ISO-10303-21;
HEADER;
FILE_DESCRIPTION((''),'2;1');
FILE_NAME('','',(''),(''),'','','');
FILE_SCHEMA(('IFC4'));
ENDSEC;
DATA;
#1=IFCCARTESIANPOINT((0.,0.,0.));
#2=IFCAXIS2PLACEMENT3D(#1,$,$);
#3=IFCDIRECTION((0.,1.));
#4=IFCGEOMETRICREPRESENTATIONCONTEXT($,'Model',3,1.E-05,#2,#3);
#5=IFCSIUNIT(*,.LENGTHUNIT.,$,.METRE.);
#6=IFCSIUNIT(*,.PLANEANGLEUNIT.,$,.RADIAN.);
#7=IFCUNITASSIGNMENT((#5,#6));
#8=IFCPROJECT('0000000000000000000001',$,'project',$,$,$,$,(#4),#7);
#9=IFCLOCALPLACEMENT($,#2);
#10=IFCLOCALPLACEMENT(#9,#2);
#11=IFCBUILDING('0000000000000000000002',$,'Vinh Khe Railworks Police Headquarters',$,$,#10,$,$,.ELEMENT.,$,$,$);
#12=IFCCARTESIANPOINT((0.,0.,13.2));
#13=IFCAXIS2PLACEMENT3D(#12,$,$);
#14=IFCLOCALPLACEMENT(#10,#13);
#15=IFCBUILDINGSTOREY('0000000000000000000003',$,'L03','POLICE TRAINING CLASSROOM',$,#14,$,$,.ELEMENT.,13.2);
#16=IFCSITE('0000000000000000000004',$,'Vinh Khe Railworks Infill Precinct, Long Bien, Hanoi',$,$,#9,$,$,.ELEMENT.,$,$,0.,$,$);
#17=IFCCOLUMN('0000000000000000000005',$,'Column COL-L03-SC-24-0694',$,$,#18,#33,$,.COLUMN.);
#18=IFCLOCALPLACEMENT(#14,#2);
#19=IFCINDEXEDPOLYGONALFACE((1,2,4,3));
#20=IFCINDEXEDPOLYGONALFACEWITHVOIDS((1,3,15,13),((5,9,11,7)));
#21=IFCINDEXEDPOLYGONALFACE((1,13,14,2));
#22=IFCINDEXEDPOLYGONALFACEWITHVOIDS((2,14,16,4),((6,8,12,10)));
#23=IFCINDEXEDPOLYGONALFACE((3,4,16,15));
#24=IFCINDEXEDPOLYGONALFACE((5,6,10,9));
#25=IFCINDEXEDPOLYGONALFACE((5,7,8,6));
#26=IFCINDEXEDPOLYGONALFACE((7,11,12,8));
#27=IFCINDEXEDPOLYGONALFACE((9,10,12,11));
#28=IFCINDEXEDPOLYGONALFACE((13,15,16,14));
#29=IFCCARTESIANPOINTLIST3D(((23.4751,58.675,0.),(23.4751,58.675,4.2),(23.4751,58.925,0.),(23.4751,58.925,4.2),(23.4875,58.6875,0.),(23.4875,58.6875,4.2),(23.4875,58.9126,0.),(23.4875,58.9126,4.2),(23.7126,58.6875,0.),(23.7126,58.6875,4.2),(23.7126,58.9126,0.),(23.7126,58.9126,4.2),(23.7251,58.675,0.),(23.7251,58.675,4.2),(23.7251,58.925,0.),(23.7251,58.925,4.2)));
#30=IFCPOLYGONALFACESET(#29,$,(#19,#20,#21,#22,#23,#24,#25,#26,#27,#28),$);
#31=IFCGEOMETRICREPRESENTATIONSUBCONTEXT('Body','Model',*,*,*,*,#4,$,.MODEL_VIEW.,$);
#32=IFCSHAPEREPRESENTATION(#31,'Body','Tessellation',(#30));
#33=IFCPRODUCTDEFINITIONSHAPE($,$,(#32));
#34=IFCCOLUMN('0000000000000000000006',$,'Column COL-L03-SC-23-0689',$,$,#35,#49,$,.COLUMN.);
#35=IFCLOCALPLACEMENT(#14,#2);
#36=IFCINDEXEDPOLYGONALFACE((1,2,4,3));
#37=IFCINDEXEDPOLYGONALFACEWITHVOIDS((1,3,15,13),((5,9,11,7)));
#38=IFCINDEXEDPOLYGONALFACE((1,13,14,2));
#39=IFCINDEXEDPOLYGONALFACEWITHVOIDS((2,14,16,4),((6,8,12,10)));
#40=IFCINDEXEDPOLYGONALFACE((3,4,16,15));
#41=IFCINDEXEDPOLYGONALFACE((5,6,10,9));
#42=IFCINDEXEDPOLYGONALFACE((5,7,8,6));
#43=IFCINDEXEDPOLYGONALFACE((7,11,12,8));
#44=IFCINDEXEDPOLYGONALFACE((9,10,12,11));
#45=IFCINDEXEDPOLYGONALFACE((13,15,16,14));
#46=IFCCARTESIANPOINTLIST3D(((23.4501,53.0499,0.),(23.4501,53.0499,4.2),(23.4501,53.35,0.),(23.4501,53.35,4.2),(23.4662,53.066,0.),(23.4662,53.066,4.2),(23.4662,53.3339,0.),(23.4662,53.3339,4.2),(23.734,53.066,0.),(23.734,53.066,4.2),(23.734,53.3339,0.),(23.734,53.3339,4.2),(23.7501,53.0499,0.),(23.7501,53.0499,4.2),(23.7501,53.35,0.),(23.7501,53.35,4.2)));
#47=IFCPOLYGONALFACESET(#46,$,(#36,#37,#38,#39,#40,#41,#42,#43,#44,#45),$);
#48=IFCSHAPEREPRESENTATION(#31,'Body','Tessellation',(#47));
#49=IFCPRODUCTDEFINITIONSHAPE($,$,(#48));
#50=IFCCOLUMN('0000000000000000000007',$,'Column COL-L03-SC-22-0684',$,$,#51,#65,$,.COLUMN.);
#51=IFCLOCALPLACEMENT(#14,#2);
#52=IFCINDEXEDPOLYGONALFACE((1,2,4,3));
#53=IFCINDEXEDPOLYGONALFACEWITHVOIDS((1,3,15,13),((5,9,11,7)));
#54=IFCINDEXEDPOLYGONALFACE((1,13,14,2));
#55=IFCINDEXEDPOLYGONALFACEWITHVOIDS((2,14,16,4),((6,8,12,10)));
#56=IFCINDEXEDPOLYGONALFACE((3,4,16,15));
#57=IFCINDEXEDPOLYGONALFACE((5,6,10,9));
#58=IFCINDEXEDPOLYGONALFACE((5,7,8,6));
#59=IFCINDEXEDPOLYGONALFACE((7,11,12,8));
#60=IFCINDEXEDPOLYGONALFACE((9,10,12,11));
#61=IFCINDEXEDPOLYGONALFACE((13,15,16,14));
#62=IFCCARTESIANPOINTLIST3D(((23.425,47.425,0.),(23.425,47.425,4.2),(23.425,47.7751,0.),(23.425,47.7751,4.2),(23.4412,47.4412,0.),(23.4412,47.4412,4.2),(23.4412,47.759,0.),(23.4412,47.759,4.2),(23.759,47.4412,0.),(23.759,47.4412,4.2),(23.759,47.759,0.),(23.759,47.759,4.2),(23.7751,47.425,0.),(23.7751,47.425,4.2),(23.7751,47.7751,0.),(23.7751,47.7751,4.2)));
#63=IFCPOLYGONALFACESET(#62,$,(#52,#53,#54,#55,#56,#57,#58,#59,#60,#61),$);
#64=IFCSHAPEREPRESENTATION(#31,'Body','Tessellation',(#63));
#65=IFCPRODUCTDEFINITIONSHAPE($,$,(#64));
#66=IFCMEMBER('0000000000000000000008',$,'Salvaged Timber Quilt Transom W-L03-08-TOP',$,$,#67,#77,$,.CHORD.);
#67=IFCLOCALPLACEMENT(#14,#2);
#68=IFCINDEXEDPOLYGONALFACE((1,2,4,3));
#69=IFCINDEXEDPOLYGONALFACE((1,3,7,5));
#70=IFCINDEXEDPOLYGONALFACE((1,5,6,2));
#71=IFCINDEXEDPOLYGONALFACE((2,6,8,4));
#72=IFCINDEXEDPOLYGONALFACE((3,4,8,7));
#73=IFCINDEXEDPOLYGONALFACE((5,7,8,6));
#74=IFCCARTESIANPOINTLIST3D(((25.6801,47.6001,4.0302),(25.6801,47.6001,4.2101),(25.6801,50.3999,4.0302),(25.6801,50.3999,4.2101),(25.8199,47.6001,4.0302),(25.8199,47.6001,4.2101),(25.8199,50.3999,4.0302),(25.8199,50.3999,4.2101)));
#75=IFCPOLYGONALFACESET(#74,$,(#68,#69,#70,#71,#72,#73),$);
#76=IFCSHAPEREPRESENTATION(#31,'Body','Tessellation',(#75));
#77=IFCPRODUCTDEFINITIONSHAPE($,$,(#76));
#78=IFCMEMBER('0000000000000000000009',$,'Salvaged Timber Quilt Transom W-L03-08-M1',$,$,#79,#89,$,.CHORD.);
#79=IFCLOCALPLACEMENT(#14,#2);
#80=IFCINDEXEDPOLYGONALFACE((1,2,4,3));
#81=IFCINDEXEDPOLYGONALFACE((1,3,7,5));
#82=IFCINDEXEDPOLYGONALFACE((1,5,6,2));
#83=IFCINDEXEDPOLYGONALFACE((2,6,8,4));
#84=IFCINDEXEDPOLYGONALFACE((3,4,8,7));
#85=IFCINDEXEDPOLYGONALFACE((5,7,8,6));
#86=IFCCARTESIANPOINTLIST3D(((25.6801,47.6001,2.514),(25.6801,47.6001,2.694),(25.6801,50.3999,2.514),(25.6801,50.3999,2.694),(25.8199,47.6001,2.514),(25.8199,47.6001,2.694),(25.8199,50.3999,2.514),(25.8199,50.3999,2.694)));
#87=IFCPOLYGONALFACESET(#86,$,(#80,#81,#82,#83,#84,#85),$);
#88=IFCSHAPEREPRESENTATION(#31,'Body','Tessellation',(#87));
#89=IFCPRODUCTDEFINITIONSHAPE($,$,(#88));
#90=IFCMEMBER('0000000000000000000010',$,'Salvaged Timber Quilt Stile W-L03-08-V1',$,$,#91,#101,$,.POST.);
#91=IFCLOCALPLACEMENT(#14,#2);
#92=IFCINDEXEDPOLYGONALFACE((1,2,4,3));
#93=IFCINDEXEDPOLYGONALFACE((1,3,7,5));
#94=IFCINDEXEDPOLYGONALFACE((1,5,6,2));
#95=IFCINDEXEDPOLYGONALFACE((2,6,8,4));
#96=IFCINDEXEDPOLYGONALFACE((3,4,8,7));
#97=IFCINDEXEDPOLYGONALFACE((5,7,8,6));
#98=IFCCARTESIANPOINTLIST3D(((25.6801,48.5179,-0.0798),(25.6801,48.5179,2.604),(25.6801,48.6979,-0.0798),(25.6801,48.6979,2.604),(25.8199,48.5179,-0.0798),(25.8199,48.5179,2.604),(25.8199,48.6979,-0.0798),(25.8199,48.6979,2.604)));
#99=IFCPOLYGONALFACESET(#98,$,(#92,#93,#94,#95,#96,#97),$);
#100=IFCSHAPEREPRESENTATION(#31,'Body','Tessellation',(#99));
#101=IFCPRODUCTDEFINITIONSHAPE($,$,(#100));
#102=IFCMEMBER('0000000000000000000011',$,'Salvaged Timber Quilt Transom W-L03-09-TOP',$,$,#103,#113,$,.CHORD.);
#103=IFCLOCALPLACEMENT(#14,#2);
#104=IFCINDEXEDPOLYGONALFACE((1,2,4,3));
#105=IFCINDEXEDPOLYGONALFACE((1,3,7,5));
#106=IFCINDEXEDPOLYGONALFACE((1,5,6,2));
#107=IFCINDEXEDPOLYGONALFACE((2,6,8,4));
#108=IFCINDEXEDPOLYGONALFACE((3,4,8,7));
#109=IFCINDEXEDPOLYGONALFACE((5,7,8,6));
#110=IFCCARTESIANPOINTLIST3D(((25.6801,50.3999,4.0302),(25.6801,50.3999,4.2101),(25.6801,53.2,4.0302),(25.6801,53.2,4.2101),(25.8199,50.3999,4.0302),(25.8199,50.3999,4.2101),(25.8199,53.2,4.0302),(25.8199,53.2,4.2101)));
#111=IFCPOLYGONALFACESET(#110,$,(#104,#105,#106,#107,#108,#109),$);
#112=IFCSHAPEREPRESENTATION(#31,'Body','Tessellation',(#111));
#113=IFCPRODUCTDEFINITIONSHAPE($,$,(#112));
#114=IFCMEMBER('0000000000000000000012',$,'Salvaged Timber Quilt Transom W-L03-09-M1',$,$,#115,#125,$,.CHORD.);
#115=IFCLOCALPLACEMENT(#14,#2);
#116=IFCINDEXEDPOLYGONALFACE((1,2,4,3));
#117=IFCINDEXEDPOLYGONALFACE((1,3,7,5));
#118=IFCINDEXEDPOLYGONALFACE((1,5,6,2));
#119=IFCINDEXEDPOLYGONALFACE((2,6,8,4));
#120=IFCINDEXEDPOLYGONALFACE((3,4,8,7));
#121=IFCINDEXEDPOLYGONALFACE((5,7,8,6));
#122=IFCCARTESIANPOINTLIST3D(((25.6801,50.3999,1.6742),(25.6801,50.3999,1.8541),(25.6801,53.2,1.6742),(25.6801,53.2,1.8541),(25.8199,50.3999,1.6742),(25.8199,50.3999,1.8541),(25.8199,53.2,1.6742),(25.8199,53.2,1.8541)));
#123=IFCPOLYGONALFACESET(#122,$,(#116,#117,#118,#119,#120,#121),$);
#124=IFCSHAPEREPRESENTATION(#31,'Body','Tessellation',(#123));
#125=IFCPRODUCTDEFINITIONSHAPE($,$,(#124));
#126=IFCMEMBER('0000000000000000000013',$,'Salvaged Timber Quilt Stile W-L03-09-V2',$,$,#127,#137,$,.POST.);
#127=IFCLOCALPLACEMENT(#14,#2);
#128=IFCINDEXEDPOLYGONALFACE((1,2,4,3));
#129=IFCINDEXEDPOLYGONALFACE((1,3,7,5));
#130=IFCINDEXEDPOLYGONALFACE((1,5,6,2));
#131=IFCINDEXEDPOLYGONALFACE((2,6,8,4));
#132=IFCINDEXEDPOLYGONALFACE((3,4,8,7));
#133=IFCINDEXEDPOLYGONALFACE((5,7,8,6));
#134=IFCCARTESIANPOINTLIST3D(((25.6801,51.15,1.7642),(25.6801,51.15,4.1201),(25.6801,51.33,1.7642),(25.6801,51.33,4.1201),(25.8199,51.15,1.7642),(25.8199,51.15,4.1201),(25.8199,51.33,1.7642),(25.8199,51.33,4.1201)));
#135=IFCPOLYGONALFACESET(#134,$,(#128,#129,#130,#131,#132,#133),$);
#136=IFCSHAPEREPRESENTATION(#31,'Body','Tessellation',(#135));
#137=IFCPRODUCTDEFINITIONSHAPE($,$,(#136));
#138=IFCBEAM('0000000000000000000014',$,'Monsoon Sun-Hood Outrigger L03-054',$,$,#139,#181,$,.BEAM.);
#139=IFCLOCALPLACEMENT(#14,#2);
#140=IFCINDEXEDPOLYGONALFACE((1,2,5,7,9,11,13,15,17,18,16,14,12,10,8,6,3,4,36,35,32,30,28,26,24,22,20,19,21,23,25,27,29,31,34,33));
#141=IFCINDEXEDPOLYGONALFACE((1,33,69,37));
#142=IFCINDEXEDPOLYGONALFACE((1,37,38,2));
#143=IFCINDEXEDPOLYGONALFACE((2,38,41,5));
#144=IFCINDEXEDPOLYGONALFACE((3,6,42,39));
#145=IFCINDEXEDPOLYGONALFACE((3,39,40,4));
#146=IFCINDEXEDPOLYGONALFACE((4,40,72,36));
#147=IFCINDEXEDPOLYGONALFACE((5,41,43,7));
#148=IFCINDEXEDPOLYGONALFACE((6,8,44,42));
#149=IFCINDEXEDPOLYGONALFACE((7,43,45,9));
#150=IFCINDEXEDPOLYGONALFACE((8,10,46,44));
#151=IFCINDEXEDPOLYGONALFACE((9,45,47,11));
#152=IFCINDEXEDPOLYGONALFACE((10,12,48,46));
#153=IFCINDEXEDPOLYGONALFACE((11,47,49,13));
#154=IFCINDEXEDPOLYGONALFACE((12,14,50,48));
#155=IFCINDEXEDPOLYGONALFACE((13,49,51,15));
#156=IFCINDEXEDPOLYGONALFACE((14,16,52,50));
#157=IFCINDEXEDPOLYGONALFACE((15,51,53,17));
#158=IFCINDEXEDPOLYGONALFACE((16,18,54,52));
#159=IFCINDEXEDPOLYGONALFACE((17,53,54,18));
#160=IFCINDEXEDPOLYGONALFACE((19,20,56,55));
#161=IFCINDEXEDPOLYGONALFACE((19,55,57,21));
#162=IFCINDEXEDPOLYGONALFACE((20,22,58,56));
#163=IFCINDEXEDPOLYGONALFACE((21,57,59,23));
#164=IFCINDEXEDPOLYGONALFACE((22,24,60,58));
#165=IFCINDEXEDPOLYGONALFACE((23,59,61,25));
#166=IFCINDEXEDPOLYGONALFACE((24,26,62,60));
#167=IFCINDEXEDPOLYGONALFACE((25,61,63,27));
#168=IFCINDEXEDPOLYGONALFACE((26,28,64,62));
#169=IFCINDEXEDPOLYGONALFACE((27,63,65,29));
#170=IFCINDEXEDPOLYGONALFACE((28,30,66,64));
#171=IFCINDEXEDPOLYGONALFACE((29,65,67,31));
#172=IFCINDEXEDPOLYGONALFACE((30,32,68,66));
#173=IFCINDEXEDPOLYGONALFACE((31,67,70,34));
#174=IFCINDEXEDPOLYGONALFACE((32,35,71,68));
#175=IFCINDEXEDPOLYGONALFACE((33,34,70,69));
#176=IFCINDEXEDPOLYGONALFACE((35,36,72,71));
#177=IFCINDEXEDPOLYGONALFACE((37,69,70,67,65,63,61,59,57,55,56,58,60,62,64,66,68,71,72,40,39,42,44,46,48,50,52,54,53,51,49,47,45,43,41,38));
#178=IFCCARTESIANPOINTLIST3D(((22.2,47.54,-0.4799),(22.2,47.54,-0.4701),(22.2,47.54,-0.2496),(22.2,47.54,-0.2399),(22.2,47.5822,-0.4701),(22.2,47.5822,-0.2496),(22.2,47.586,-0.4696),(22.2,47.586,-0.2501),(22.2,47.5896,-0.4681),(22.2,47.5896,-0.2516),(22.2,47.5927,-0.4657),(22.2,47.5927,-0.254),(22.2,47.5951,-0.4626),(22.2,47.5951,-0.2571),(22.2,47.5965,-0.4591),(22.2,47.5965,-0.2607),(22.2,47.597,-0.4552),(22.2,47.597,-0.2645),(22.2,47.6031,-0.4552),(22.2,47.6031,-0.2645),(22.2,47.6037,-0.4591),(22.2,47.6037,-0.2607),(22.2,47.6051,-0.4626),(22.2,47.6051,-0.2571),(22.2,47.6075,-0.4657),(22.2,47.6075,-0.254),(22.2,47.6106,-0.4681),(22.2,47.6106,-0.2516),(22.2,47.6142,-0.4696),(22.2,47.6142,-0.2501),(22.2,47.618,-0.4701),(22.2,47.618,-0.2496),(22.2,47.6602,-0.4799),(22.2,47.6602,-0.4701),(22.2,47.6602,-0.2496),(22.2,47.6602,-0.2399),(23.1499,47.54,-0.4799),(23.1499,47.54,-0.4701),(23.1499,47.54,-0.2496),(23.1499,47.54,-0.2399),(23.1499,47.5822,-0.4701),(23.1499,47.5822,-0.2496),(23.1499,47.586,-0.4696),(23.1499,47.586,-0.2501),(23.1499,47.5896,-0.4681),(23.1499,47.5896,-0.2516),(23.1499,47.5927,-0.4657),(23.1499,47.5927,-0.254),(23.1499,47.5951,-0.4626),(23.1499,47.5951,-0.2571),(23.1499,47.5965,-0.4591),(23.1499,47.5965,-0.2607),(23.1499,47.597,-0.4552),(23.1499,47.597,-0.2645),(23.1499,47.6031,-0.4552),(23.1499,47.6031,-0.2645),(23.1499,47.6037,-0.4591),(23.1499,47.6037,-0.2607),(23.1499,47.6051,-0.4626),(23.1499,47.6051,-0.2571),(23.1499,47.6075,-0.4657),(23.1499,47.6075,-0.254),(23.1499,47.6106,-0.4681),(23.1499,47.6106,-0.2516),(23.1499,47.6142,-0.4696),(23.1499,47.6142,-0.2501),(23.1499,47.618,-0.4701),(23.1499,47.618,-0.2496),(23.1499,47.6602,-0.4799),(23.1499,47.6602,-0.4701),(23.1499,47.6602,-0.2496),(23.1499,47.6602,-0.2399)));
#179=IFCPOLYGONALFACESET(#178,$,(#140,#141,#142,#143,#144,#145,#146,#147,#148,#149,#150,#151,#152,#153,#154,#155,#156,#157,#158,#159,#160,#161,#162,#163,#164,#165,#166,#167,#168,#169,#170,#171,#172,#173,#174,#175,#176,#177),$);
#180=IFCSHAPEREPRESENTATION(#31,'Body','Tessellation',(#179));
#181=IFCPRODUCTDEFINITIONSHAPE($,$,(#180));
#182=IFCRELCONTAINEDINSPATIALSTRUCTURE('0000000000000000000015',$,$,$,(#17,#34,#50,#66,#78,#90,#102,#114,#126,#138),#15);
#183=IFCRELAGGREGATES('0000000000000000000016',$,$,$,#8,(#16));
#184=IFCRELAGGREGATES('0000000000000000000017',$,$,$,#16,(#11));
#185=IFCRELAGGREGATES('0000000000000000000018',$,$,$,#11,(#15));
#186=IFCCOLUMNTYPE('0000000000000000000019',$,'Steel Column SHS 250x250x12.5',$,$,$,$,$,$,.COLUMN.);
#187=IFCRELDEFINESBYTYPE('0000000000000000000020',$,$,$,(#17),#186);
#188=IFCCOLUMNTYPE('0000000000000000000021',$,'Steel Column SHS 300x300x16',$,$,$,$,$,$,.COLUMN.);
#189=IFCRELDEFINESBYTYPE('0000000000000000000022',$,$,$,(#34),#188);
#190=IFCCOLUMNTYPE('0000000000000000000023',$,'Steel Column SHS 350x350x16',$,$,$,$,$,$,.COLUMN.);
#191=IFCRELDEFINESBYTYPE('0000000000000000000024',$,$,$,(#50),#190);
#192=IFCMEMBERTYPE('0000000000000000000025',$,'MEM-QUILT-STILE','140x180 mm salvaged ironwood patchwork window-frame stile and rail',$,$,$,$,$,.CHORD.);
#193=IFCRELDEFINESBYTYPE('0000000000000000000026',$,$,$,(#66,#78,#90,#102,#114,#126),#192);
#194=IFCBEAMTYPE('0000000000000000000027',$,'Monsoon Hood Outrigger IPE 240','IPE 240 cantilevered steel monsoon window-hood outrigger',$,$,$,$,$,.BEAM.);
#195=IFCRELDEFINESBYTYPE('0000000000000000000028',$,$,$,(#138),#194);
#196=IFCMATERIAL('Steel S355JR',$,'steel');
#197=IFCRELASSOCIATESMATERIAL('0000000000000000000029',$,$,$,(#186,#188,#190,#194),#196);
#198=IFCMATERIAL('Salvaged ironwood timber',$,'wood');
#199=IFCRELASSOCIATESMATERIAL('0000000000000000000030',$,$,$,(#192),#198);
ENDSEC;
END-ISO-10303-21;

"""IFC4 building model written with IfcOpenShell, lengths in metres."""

from ifc_helpers import new_model, si_unit, direction, frame, origin, origin_2d, place, context, subcontext, project, spatial, rectangle, hollow_rectangle, i_section, extrude, material, material_profile, profile_set, type_object, element, save


model = new_model("IFC4")

# Units and contexts
model_context = context("Model", 3, precision=1e-05, world=origin(), true_north=direction((0.0, 1.0)))
body_context = subcontext(model_context, "Body", "Model", "MODEL_VIEW")
ifc_project = project(units=[si_unit("LENGTHUNIT", "METRE"), si_unit("PLANEANGLEUNIT", "RADIAN")], contexts=[model_context])

# Site, building, storey
site_placement = place(None, origin())
site = spatial("IfcSite", under=ifc_project, at=site_placement, Name="Vinh Khe Railworks Infill Precinct, Long Bien, Hanoi", CompositionType="ELEMENT", RefElevation=0.0)
building_placement = place(site_placement, origin())
building = spatial("IfcBuilding", under=site, at=building_placement, Name="Vinh Khe Railworks Police Headquarters", CompositionType="ELEMENT")
storey_placement = place(building_placement, frame((0.0, 0.0, 13.2)))
storey = spatial("IfcBuildingStorey", under=building, at=storey_placement, Name="L03", Description="POLICE TRAINING CLASSROOM", CompositionType="ELEMENT", Elevation=13.2)

# Columns
ifc_material_1 = material(Name="Steel S355JR", Category="steel")
ifc_material_profile_1 = material_profile(ifc_material_1, hollow_rectangle(XDim=0.25, YDim=0.25, WallThickness=0.0125, at=origin_2d()), Name="SHS 250x250x12.5")
ifc_profile_set_1 = profile_set([ifc_material_profile_1], Name="Steel S355JR")
column_type_1 = type_object("IfcColumnType", Name="Steel Column SHS 250x250x12.5", PredefinedType="COLUMN", material=ifc_profile_set_1)
column_1_placement = place(storey_placement, frame((23.6001, 58.8, 0.0), z_axis=(0.0, 0.0, 1.0), x_axis=(1.0, 0.0, 0.0)))
element("IfcColumn", 1, at=column_1_placement, inside=storey, type_object=column_type_1, Name="Column COL-L03-SC-24-0694", PredefinedType="COLUMN", context=body_context, shape_type="SweptSolid", body=[
    extrude(hollow_rectangle(XDim=0.25, YDim=0.25, WallThickness=0.0125, at=origin_2d()), origin(), (0.0, 0.0, 1.0), 4.2),
])
ifc_material_profile_2 = material_profile(ifc_material_1, hollow_rectangle(XDim=0.3, YDim=0.3, WallThickness=0.0161, at=origin_2d()), Name="SHS 300x300x16")
ifc_profile_set_2 = profile_set([ifc_material_profile_2], Name="Steel S355JR")
column_type_2 = type_object("IfcColumnType", Name="Steel Column SHS 300x300x16", PredefinedType="COLUMN", material=ifc_profile_set_2)
column_2_placement = place(storey_placement, frame((23.6001, 53.2, 0.0), z_axis=(0.0, 0.0, 1.0), x_axis=(1.0, 0.0, 0.0)))
element("IfcColumn", 2, at=column_2_placement, inside=storey, type_object=column_type_2, Name="Column COL-L03-SC-23-0689", PredefinedType="COLUMN", context=body_context, shape_type="SweptSolid", body=[
    extrude(hollow_rectangle(XDim=0.3, YDim=0.3, WallThickness=0.0161, at=origin_2d()), origin(), (0.0, 0.0, 1.0), 4.2),
])
ifc_material_profile_3 = material_profile(ifc_material_1, hollow_rectangle(XDim=0.3501, YDim=0.3501, WallThickness=0.0161, at=origin_2d()), Name="SHS 350x350x16")
ifc_profile_set_3 = profile_set([ifc_material_profile_3], Name="Steel S355JR")
column_type_3 = type_object("IfcColumnType", Name="Steel Column SHS 350x350x16", PredefinedType="COLUMN", material=ifc_profile_set_3)
column_3_placement = place(storey_placement, frame((23.6001, 47.6001, 0.0), z_axis=(0.0, 0.0, 1.0), x_axis=(1.0, 0.0, 0.0)))
element("IfcColumn", 3, at=column_3_placement, inside=storey, type_object=column_type_3, Name="Column COL-L03-SC-22-0684", PredefinedType="COLUMN", context=body_context, shape_type="SweptSolid", body=[
    extrude(hollow_rectangle(XDim=0.3501, YDim=0.3501, WallThickness=0.0161, at=origin_2d()), origin(), (0.0, 0.0, 1.0), 4.2),
])

# Members
ifc_material_2 = material(Name="Salvaged ironwood timber", Category="wood")
ifc_material_profile_4 = material_profile(ifc_material_2, rectangle(XDim=0.1399, YDim=0.1799, at=origin_2d()), Name="TIMBER 140x180")
ifc_profile_set_4 = profile_set([ifc_material_profile_4], Name="Salvaged ironwood timber")
member_type = type_object("IfcMemberType", Name="MEM-QUILT-STILE", Description="140x180 mm salvaged ironwood patchwork window-frame stile and rail", PredefinedType="CHORD", material=ifc_profile_set_4)
for number, where, z_axis, x_axis, name in (
    (4, (25.75, 47.6001, 4.1201), (0.0, 1.0, 0.0), (-1.0, 0.0, 0.0), "Salvaged Timber Quilt Transom W-L03-08-TOP"),
    (5, (25.75, 47.6001, 2.604), (0.0, 1.0, 0.0), (-1.0, 0.0, 0.0), "Salvaged Timber Quilt Transom W-L03-08-M1"),
):
    element("IfcMember", number, at=place(storey_placement, frame(where, z_axis=z_axis, x_axis=x_axis)), inside=storey, type_object=member_type, Name=name, PredefinedType="CHORD", context=body_context, shape_type="SweptSolid", body=[
        extrude(rectangle(XDim=0.1399, YDim=0.1799, at=origin_2d()), origin(), (0.0, 0.0, 1.0), 2.7998),
    ])
member_1_placement = place(storey_placement, frame((25.75, 48.6079, -0.0798), z_axis=(0.0, 0.0, 1.0), x_axis=(1.0, 0.0, 0.0)))
element("IfcMember", 6, at=member_1_placement, inside=storey, type_object=member_type, Name="Salvaged Timber Quilt Stile W-L03-08-V1", PredefinedType="POST", context=body_context, shape_type="SweptSolid", body=[
    extrude(rectangle(XDim=0.1399, YDim=0.1799, at=origin_2d()), origin(), (0.0, 0.0, 1.0), 2.6838),
])
for number, where, z_axis, x_axis, name in (
    (7, (25.75, 50.3999, 4.1201), (0.0, 1.0, 0.0), (-1.0, 0.0, 0.0), "Salvaged Timber Quilt Transom W-L03-09-TOP"),
    (8, (25.75, 50.3999, 1.7642), (0.0, 1.0, 0.0), (-1.0, 0.0, 0.0), "Salvaged Timber Quilt Transom W-L03-09-M1"),
):
    element("IfcMember", number, at=place(storey_placement, frame(where, z_axis=z_axis, x_axis=x_axis)), inside=storey, type_object=member_type, Name=name, PredefinedType="CHORD", context=body_context, shape_type="SweptSolid", body=[
        extrude(rectangle(XDim=0.1399, YDim=0.1799, at=origin_2d()), origin(), (0.0, 0.0, 1.0), 2.8),
    ])
member_2_placement = place(storey_placement, frame((25.75, 51.24, 1.7642), z_axis=(0.0, 0.0, 1.0), x_axis=(1.0, 0.0, 0.0)))
element("IfcMember", 9, at=member_2_placement, inside=storey, type_object=member_type, Name="Salvaged Timber Quilt Stile W-L03-09-V2", PredefinedType="POST", context=body_context, shape_type="SweptSolid", body=[
    extrude(rectangle(XDim=0.1399, YDim=0.1799, at=origin_2d()), origin(), (0.0, 0.0, 1.0), 2.356),
])

# Beam
ifc_material_profile_5 = material_profile(ifc_material_1, i_section(OverallWidth=0.1201, OverallDepth=0.24, WebThickness=0.0061, FlangeThickness=0.0098, FilletRadius=0.0149, at=origin_2d()), Name="IPE 240")
ifc_profile_set_5 = profile_set([ifc_material_profile_5], Name="Steel S355JR")
beam_type_1 = type_object("IfcBeamType", Name="Monsoon Hood Outrigger IPE 240", Description="IPE 240 cantilevered steel monsoon window-hood outrigger", PredefinedType="BEAM", material=ifc_profile_set_5)
for number, where, z_axis, x_axis, name in (
    (10, (22.2, 47.6001, -0.3599), (1.0, 0.0, 0.0), (0.0, 1.0, 0.0), "Monsoon Sun-Hood Outrigger L03-054"),
):
    element("IfcBeam", number, at=place(storey_placement, frame(where, z_axis=z_axis, x_axis=x_axis)), inside=storey, type_object=beam_type_1, Name=name, PredefinedType="BEAM", context=body_context, shape_type="SweptSolid", body=[
        extrude(i_section(OverallWidth=0.1201, OverallDepth=0.24, WebThickness=0.0061, FlangeThickness=0.0098, FilletRadius=0.0149, at=origin_2d()), origin(), (0.0, 0.0, 1.0), 0.95),
    ])

save(model, "model.ifc")
